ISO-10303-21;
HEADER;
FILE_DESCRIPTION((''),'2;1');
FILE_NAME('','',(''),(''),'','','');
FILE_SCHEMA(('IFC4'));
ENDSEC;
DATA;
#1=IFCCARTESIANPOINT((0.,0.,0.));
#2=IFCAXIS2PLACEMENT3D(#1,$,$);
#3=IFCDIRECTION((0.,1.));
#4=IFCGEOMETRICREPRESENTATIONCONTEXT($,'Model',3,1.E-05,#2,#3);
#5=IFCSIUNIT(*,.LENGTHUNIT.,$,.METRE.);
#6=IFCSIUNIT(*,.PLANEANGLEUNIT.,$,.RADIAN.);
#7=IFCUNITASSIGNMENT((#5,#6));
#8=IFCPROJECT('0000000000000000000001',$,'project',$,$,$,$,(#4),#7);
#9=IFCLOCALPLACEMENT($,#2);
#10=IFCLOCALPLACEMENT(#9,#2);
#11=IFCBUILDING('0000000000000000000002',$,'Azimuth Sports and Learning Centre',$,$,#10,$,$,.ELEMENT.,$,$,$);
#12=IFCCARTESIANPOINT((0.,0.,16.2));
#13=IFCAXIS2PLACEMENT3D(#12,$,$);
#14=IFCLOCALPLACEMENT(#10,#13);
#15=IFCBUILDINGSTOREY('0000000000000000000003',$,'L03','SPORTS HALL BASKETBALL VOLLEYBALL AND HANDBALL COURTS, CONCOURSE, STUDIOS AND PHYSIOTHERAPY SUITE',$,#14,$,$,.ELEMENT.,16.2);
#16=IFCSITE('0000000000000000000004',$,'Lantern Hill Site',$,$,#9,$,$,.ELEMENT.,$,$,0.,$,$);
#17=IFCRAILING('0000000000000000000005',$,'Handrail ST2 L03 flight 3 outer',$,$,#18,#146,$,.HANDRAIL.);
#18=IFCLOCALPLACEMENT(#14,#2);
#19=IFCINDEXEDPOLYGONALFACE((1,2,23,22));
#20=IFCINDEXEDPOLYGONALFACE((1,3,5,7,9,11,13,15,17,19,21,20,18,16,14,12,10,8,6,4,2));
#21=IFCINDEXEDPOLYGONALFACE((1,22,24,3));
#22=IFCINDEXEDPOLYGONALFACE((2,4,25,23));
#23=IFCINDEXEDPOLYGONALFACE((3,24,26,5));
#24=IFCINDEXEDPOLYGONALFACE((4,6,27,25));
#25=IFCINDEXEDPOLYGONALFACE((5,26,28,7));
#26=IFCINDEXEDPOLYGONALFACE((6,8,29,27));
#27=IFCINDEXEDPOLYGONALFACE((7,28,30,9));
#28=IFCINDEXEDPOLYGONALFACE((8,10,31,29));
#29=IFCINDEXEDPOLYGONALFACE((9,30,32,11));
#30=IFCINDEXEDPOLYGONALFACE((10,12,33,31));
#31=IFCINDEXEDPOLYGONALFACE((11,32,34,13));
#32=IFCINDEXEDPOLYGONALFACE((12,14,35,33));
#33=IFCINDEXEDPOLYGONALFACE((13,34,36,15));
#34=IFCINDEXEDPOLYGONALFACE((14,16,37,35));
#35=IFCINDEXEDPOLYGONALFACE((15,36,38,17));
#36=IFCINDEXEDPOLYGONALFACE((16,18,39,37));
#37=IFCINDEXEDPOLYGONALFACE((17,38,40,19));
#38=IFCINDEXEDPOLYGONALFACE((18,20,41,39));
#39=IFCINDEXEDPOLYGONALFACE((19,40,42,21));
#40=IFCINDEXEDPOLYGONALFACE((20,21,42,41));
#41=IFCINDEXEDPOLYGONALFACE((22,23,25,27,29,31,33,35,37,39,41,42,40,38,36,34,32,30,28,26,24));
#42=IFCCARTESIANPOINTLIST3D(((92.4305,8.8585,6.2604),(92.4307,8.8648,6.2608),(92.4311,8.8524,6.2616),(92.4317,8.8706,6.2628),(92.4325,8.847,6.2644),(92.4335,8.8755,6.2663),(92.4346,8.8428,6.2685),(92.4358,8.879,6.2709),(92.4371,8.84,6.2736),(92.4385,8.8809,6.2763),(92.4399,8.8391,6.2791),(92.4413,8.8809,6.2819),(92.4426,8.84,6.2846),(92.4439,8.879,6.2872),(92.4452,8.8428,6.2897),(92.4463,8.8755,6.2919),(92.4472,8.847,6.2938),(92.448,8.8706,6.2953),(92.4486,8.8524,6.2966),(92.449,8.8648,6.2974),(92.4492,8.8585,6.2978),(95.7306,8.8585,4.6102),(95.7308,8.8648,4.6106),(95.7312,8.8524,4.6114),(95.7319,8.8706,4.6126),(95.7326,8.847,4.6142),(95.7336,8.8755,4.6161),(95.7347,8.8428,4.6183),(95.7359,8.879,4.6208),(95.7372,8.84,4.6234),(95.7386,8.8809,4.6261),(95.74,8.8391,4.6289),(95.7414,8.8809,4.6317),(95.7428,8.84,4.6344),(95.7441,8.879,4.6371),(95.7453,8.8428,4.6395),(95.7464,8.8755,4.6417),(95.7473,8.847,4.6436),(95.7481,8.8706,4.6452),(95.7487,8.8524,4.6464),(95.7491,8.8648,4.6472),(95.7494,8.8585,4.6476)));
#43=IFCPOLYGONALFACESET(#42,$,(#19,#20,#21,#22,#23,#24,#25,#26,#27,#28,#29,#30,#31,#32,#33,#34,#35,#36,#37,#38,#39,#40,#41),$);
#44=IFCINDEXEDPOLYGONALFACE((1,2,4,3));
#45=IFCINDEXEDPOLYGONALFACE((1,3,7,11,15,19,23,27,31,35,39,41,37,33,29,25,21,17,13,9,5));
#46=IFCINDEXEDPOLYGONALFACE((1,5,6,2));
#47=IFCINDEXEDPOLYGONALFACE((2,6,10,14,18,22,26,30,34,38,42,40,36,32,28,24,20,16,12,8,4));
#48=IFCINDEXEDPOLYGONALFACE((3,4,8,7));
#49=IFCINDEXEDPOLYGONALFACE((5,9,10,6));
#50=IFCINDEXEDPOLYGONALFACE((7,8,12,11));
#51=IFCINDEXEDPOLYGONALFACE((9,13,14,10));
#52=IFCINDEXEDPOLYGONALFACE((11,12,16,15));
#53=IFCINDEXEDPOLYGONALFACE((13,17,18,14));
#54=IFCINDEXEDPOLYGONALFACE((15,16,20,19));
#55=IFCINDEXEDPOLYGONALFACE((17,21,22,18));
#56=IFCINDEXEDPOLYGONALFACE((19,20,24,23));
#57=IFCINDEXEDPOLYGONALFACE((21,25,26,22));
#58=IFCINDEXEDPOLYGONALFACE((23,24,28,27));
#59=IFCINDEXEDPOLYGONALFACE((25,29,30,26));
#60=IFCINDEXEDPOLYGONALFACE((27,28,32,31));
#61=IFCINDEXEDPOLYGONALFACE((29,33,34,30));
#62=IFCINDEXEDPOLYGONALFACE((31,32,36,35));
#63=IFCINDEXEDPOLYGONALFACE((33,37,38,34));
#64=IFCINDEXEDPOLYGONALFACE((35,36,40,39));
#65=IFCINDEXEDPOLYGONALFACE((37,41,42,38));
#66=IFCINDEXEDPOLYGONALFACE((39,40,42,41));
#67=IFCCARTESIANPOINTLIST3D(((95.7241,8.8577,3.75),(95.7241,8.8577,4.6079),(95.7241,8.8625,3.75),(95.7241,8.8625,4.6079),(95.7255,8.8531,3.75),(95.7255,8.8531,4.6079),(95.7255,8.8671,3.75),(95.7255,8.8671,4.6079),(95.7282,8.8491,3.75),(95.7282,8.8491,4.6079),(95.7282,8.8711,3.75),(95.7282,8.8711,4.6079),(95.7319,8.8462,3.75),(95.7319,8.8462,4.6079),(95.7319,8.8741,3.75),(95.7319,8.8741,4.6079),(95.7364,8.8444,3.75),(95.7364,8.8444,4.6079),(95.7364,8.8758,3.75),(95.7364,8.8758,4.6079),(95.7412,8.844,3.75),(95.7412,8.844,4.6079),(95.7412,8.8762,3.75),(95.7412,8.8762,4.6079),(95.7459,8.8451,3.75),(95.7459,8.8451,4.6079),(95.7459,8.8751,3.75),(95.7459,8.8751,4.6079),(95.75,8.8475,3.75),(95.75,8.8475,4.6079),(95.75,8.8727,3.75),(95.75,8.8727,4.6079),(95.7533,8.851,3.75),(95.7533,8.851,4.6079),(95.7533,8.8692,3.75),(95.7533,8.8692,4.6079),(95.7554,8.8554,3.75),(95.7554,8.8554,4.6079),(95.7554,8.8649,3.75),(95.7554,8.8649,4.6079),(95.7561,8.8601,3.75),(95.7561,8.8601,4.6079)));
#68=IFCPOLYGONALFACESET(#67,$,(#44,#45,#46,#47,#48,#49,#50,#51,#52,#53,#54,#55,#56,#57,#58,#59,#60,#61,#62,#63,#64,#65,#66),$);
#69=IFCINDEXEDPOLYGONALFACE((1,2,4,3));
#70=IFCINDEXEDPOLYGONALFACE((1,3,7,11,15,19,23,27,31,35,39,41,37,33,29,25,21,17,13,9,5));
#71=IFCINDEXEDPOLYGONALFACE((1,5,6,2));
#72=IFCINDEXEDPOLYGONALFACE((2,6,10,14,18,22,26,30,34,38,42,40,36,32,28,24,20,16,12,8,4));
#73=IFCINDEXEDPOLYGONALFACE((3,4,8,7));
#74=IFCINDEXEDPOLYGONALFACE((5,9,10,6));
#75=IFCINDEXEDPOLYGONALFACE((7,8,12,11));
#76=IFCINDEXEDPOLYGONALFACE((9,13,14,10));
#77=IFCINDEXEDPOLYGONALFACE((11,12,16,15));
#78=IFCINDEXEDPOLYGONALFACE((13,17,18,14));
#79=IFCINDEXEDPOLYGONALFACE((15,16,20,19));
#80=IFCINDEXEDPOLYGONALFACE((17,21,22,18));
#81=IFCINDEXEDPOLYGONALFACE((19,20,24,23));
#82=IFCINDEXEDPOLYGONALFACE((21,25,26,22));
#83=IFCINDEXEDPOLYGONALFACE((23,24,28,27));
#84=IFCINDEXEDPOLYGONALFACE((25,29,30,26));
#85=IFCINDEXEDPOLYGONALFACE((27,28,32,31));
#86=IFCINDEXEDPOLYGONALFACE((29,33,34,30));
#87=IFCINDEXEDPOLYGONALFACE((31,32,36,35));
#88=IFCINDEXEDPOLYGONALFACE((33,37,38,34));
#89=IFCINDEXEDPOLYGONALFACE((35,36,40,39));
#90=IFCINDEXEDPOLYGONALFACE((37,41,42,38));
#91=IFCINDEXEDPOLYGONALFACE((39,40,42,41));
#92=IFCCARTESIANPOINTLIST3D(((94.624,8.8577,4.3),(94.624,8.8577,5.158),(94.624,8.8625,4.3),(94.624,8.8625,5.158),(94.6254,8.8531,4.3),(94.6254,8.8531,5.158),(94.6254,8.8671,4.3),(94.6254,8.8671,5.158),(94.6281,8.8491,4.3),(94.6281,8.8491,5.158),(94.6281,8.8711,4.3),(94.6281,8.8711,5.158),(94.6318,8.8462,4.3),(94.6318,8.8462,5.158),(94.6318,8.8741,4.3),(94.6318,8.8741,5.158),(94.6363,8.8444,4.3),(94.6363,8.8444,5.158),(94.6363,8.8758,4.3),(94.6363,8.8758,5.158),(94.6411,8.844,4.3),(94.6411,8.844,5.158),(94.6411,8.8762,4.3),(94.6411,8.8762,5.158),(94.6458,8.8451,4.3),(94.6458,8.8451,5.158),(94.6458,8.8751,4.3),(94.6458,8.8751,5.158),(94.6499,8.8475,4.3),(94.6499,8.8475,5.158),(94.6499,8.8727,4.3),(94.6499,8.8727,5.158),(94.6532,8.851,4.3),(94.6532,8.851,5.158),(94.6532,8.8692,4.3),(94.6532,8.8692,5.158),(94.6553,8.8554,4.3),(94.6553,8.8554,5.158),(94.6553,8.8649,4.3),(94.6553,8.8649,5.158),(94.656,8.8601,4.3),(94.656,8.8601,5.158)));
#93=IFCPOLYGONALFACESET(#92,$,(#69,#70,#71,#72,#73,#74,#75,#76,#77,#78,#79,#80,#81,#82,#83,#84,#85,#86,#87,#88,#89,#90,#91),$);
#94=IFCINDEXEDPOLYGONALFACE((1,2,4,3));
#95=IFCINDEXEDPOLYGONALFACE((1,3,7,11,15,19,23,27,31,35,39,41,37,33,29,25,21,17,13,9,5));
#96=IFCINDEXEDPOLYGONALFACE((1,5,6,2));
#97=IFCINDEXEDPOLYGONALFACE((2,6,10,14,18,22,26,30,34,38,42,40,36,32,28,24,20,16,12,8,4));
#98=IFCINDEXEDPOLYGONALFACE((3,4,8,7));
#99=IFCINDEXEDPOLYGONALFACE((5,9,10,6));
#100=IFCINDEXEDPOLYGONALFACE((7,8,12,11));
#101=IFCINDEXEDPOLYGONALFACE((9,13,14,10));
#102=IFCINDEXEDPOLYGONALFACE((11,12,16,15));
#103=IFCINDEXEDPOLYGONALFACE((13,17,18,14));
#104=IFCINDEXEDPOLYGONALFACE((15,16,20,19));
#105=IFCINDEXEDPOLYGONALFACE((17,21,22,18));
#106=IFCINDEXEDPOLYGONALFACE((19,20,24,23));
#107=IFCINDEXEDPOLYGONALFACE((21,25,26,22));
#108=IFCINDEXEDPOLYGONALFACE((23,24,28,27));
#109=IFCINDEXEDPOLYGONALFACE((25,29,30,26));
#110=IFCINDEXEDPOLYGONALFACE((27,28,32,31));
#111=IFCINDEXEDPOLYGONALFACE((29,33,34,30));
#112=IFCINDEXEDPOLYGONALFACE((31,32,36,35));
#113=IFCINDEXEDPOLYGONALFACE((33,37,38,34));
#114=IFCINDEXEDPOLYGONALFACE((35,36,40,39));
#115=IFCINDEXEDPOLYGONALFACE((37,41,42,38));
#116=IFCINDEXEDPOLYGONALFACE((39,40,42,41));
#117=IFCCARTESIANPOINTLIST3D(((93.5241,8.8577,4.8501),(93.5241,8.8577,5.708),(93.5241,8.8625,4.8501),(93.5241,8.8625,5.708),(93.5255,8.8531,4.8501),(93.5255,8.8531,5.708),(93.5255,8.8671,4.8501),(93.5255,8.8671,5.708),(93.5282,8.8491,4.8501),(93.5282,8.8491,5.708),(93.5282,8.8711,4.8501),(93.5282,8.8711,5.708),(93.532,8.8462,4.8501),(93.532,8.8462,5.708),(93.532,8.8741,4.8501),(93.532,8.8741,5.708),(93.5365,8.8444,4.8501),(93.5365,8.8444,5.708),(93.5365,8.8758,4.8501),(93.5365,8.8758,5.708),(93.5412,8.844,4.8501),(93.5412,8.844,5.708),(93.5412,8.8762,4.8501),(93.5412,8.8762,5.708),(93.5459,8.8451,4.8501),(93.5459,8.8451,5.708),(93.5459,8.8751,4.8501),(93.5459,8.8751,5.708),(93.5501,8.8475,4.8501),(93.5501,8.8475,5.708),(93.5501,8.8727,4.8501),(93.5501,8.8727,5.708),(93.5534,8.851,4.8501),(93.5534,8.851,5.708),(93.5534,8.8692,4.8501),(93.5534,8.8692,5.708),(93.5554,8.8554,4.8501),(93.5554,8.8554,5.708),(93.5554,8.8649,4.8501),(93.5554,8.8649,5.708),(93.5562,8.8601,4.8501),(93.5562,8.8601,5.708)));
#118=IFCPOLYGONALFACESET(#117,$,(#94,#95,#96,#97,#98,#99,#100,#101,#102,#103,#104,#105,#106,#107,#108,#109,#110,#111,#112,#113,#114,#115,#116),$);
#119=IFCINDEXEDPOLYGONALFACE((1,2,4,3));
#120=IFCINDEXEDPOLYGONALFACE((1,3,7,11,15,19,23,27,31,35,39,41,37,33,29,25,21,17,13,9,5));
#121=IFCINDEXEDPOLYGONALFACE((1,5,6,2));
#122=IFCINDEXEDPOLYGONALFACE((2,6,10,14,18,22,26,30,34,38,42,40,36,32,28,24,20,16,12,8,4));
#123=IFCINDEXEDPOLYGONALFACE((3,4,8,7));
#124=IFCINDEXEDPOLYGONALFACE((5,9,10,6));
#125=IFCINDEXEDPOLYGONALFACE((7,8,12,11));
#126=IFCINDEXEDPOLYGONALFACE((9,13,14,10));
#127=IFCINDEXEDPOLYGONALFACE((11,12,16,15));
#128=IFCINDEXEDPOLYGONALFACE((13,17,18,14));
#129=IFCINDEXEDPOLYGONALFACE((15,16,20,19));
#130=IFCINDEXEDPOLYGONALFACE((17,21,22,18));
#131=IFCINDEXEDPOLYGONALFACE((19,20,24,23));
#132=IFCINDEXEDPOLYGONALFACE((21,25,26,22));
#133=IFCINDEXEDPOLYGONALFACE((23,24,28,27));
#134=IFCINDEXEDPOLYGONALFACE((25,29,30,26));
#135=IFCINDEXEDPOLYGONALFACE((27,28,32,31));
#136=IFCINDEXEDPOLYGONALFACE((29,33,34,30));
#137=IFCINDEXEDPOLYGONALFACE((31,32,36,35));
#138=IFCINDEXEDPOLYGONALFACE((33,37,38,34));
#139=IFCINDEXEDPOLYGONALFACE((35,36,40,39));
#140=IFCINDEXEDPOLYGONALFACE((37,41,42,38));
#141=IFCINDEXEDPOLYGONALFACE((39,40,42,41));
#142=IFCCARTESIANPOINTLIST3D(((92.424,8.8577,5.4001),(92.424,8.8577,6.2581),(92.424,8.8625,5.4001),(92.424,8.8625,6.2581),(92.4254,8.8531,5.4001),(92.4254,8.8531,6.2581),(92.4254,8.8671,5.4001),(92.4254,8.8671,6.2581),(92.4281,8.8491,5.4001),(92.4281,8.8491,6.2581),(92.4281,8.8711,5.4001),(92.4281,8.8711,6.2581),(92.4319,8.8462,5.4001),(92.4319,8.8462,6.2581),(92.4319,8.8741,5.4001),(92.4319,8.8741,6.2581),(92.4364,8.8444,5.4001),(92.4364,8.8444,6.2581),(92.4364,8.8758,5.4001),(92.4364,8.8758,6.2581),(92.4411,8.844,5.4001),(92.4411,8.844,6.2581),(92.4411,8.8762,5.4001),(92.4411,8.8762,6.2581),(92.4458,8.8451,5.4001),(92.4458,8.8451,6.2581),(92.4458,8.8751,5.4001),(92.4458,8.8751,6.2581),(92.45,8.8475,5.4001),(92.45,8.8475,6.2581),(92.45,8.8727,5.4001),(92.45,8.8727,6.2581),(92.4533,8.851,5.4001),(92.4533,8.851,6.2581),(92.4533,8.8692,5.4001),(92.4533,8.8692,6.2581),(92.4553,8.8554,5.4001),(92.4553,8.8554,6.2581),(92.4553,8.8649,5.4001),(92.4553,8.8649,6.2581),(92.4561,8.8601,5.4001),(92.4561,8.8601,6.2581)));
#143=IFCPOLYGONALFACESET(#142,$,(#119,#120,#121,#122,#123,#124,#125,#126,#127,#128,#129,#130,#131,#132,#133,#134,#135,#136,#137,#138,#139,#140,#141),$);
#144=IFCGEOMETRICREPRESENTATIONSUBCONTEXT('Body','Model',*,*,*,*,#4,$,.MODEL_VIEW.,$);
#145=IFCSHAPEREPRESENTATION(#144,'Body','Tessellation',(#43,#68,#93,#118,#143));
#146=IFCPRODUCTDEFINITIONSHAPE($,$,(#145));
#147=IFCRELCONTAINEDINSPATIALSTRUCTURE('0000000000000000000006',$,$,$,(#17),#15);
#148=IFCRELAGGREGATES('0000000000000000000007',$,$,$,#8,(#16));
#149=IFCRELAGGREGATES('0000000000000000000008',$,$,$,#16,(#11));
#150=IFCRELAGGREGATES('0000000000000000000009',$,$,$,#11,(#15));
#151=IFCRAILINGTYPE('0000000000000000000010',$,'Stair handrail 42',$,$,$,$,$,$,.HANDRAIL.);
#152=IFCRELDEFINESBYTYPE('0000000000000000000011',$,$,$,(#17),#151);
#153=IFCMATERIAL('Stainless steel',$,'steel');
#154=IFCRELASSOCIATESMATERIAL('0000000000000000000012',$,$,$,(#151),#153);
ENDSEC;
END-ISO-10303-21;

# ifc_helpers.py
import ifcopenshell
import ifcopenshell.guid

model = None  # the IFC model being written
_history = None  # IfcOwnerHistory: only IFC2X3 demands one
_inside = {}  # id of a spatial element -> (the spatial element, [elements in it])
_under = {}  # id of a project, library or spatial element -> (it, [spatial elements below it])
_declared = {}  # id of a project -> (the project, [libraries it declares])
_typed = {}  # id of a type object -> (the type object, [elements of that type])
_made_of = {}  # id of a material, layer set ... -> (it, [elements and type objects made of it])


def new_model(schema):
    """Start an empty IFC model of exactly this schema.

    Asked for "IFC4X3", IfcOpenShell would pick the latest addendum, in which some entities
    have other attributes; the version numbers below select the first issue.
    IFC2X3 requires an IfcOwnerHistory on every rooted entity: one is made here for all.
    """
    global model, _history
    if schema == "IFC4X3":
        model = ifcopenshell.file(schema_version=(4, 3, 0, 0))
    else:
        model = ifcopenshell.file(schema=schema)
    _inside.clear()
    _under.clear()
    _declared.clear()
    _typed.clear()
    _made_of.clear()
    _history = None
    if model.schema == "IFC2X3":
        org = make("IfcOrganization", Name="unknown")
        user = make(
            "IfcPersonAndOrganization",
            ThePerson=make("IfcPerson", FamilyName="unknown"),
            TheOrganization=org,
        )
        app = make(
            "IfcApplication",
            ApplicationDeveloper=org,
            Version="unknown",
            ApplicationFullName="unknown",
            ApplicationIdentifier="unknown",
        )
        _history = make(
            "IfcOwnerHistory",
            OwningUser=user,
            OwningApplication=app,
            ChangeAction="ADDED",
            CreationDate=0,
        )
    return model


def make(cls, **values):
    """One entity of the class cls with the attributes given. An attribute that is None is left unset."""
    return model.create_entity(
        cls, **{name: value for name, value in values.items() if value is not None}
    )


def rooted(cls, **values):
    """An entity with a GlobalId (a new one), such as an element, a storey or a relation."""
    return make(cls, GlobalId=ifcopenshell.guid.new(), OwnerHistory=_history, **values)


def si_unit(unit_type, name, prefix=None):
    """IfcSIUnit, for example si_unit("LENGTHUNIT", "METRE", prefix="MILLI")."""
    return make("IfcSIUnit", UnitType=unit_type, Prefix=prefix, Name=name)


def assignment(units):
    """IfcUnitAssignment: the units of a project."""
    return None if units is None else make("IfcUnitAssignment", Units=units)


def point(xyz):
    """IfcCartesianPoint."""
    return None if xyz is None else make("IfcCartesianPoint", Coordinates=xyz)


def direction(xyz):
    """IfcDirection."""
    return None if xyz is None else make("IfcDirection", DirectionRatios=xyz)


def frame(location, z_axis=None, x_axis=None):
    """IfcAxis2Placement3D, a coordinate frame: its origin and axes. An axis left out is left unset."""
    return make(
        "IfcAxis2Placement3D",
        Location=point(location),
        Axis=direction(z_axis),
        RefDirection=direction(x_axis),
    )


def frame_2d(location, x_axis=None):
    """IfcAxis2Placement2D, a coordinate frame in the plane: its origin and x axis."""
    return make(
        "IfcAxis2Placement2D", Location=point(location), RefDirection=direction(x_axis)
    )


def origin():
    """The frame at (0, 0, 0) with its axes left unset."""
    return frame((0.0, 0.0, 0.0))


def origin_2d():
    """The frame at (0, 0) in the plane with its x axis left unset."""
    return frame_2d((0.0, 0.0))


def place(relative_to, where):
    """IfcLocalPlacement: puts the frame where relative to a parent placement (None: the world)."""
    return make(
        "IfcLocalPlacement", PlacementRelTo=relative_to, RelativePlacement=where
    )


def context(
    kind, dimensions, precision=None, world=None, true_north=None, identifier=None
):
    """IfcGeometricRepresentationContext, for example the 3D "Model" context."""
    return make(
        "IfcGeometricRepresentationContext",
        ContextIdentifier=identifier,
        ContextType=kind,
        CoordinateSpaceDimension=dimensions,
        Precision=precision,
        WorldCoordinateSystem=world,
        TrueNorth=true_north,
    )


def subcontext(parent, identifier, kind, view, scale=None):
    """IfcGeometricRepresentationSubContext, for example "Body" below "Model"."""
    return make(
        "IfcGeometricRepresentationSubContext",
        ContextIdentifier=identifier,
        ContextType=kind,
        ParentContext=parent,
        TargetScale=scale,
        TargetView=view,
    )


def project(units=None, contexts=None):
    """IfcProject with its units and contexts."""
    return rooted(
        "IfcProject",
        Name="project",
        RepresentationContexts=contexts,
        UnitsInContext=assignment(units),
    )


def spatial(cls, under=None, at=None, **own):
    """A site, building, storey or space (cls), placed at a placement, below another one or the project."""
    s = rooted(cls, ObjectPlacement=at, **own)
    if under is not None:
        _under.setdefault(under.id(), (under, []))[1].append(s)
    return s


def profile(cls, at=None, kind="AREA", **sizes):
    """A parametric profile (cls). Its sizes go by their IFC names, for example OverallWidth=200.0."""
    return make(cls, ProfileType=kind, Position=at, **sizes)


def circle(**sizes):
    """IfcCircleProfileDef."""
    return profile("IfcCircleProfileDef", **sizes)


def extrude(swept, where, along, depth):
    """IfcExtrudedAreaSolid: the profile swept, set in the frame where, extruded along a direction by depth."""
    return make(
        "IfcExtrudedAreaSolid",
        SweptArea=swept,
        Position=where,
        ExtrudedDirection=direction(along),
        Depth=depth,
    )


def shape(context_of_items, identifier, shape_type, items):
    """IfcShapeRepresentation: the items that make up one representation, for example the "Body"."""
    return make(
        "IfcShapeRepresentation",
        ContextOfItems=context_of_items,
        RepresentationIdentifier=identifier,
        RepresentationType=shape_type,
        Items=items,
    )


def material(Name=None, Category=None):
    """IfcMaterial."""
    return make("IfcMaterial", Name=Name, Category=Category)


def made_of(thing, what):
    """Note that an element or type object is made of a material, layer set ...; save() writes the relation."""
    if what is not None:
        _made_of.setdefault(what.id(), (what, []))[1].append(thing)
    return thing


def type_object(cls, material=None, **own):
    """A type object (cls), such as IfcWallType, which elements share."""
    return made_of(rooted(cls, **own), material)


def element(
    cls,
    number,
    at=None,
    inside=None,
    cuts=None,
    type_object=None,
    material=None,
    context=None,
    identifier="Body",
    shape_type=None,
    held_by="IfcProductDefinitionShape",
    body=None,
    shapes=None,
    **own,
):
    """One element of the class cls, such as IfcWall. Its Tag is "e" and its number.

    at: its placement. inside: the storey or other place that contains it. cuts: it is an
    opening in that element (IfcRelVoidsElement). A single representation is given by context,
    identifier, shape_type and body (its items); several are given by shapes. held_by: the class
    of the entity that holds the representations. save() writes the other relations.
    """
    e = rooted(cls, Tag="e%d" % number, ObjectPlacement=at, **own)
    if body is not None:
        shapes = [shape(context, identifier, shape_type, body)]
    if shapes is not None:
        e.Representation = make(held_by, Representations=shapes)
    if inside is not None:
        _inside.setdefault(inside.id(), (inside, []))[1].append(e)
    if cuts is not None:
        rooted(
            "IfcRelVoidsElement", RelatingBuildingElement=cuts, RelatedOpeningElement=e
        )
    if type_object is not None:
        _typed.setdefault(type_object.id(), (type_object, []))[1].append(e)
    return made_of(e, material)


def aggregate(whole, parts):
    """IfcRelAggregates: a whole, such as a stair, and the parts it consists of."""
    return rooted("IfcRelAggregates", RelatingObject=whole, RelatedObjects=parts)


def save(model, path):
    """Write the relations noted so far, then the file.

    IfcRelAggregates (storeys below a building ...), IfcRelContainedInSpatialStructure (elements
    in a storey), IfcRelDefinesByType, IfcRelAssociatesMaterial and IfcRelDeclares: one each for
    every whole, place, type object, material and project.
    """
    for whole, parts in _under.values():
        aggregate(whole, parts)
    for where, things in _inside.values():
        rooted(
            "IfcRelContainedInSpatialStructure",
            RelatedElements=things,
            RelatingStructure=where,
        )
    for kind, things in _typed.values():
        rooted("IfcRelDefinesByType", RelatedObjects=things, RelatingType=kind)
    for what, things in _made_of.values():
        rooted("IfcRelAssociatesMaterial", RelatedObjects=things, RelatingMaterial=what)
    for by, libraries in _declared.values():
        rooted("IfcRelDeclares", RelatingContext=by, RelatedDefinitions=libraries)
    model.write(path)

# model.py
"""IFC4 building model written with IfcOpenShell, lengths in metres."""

from ifc_helpers import new_model, si_unit, direction, frame, origin, origin_2d, place, context, subcontext, project, spatial, circle, extrude, material, type_object, element, save


model = new_model("IFC4")

# Units and contexts
model_context = context("Model", 3, precision=1e-05, world=origin(), true_north=direction((0.0, 1.0)))
body_context = subcontext(model_context, "Body", "Model", "MODEL_VIEW")
ifc_project = project(units=[si_unit("LENGTHUNIT", "METRE"), si_unit("PLANEANGLEUNIT", "RADIAN")], contexts=[model_context])

# Site, building, storey
site_placement = place(None, origin())
site = spatial("IfcSite", under=ifc_project, at=site_placement, Name="Lantern Hill Site", CompositionType="ELEMENT", RefElevation=0.0)
building_placement = place(site_placement, origin())
building = spatial("IfcBuilding", under=site, at=building_placement, Name="Azimuth Sports and Learning Centre", CompositionType="ELEMENT")
storey_placement = place(building_placement, frame((0.0, 0.0, 16.2)))
storey = spatial("IfcBuildingStorey", under=building, at=storey_placement, Name="L03", Description="SPORTS HALL BASKETBALL VOLLEYBALL AND HANDBALL COURTS, CONCOURSE, STUDIOS AND PHYSIOTHERAPY SUITE", CompositionType="ELEMENT", Elevation=16.2)

# Railing
ifc_material_1 = material(Name="Stainless steel", Category="steel")
railing_type = type_object("IfcRailingType", Name="Stair handrail 42", PredefinedType="HANDRAIL", material=ifc_material_1)
for number, where, name in (
    (1, (95.74, 8.8601, 3.75), "Handrail ST2 L03 flight 3 outer"),
):
    element("IfcRailing", number, at=place(storey_placement, frame(where)), inside=storey, type_object=railing_type, Name=name, PredefinedType="HANDRAIL", context=body_context, shape_type="SweptSolid", body=[
        extrude(circle(Radius=0.021, at=origin_2d()), frame((0.0, 0.0, 0.8789), z_axis=(-0.894414, 0.0, 0.44724), x_axis=(0.0, -1.0, 0.0)), (0.0, 0.0, 1.0), 3.6897),
        extrude(circle(Radius=0.0161, at=origin_2d()), origin(), (0.0, 0.0, 1.0), 0.8579),
        extrude(circle(Radius=0.0161, at=origin_2d()), frame((-1.1001, 0.0, 0.55)), (0.0, 0.0, 1.0), 0.8579),
        extrude(circle(Radius=0.0161, at=origin_2d()), frame((-2.2, 0.0, 1.1001)), (0.0, 0.0, 1.0), 0.8579),
        extrude(circle(Radius=0.0161, at=origin_2d()), frame((-3.3, 0.0, 1.6501)), (0.0, 0.0, 1.0), 0.8579),
    ])

save(model, "model.ifc")
